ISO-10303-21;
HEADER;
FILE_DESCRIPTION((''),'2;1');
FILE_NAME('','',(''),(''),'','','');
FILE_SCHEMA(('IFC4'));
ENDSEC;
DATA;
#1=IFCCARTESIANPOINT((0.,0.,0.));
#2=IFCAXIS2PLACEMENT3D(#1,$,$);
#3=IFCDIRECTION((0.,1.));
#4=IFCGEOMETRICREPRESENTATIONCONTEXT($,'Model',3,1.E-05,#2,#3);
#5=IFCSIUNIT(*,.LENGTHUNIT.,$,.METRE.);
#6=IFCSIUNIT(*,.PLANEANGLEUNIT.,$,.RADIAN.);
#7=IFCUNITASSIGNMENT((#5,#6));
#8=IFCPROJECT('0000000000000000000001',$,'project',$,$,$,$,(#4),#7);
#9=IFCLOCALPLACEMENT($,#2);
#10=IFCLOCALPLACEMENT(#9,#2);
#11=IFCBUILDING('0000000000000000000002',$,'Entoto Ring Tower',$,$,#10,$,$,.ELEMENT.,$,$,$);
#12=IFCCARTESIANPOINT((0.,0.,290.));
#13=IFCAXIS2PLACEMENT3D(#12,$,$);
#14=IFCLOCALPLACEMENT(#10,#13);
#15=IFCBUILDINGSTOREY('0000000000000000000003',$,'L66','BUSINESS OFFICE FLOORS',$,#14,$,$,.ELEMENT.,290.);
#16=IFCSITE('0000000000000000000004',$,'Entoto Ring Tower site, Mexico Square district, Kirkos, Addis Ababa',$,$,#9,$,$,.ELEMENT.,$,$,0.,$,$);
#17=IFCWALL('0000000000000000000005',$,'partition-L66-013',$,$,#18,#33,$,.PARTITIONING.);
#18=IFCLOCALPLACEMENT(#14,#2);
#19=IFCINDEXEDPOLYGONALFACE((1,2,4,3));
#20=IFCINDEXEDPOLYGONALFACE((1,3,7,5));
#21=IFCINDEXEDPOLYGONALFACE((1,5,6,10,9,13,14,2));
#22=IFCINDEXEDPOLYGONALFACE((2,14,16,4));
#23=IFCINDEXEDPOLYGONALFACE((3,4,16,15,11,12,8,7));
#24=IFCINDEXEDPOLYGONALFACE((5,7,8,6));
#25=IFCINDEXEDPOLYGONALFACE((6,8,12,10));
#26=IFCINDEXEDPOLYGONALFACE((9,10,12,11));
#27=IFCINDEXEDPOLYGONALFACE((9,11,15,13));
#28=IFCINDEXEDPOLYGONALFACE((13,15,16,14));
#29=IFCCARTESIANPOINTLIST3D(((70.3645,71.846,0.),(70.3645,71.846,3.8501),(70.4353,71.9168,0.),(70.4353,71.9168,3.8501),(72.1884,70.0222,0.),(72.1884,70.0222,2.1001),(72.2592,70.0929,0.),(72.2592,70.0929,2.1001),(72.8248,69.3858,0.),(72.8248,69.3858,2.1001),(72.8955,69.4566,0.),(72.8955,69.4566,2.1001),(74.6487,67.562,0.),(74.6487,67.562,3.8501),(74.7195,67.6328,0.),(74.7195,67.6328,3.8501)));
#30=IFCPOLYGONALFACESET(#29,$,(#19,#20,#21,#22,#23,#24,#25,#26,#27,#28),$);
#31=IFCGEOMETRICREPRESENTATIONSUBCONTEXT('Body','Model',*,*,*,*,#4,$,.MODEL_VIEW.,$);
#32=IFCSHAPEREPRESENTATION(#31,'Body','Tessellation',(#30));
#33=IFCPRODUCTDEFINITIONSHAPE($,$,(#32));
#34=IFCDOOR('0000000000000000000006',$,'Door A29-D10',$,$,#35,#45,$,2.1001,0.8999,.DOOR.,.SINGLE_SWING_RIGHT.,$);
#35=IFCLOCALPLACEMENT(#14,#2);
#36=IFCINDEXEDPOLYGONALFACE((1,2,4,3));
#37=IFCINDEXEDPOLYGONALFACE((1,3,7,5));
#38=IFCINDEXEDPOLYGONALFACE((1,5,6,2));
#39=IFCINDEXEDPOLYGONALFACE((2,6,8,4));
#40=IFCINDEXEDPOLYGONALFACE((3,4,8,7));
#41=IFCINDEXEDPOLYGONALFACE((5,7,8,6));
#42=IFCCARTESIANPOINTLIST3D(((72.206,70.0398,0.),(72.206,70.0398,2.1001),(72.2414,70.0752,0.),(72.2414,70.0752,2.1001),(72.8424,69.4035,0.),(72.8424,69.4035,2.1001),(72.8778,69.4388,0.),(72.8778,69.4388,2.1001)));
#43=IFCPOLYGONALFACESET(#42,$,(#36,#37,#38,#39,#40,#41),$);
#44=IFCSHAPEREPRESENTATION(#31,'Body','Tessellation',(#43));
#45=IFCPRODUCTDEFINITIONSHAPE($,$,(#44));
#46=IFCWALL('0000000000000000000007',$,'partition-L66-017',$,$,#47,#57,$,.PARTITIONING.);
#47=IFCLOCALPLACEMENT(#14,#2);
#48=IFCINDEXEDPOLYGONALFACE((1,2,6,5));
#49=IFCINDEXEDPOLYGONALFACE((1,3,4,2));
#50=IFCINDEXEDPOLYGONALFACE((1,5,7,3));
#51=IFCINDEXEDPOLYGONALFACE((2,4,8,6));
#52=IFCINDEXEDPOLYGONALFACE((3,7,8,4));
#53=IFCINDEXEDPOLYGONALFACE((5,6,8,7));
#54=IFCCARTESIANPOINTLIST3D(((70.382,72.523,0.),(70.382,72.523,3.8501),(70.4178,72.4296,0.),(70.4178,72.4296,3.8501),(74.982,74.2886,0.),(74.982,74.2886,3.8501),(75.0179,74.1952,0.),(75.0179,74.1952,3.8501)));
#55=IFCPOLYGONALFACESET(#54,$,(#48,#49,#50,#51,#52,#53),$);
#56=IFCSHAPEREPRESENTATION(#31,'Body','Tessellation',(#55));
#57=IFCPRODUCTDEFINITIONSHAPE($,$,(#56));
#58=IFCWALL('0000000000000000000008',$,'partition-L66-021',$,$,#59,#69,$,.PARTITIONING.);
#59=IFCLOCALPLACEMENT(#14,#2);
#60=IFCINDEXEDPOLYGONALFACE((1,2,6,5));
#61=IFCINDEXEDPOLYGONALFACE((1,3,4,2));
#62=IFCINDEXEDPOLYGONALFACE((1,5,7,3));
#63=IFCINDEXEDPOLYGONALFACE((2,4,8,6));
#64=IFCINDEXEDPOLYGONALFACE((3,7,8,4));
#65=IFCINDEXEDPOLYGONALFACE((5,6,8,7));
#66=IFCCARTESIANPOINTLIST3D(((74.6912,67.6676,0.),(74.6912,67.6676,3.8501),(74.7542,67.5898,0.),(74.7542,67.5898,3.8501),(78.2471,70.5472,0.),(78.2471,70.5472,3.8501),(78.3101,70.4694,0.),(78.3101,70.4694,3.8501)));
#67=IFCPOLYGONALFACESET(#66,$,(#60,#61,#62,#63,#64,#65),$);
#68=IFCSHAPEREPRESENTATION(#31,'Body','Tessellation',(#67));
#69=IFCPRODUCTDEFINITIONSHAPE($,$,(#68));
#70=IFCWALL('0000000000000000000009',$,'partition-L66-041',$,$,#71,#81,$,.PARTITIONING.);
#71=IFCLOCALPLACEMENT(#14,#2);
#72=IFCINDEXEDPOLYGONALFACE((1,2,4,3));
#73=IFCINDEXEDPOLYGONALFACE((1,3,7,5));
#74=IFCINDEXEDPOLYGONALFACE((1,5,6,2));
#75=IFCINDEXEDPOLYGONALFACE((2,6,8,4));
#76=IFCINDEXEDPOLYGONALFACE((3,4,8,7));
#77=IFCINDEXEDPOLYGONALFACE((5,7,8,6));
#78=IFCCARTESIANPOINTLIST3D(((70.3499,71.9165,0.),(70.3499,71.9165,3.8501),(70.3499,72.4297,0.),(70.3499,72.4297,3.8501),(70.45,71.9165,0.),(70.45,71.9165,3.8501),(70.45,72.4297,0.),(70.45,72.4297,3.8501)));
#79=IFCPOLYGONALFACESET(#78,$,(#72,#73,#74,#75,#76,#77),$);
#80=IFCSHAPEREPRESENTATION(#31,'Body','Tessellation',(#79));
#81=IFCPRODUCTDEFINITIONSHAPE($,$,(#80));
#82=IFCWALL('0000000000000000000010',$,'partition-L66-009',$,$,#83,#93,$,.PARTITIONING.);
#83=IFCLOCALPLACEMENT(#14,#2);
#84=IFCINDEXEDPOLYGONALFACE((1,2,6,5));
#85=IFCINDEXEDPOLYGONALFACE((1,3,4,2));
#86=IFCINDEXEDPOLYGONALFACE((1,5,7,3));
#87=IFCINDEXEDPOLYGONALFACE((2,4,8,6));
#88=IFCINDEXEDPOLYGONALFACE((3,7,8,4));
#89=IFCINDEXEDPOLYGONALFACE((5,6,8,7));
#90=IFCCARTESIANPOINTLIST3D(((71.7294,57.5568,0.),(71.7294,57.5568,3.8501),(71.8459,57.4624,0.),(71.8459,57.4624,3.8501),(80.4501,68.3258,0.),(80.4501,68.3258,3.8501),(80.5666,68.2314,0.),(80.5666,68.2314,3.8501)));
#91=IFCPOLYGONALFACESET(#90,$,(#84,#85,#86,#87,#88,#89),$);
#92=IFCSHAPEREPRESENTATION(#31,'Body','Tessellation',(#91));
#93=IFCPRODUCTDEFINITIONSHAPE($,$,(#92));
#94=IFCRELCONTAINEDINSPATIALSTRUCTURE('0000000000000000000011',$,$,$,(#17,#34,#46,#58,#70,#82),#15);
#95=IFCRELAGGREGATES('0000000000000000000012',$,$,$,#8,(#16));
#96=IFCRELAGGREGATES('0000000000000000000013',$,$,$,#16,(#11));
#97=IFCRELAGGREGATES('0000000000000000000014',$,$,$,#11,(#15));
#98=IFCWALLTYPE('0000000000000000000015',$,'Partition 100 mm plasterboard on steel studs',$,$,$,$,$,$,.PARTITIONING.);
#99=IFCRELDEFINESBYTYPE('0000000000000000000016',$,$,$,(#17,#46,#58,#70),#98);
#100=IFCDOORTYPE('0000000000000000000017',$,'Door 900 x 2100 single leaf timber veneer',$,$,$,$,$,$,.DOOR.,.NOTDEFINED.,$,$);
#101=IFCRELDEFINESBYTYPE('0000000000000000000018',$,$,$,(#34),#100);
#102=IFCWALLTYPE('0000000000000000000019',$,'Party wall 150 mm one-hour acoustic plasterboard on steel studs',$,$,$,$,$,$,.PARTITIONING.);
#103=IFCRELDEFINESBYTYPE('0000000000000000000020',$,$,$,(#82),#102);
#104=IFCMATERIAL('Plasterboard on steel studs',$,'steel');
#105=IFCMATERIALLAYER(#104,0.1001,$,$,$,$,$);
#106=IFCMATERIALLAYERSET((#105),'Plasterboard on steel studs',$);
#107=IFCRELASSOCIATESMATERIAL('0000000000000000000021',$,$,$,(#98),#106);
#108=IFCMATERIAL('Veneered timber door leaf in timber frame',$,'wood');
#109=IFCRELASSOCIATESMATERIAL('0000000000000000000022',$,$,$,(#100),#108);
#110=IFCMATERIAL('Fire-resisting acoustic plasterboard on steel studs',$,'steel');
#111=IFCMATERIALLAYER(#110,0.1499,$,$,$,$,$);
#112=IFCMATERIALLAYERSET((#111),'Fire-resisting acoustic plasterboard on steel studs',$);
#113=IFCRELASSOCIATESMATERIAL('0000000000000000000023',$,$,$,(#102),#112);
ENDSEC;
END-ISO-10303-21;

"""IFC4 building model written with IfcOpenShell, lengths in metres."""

from ifc_helpers import new_model, si_unit, direction, frame, frame_2d, origin, place, context, subcontext, project, spatial, rectangle, extrude, material, layer, layer_set, type_object, element, fill, save


model = new_model("IFC4")

# Units and contexts
model_context = context("Model", 3, precision=1e-05, world=origin(), true_north=direction((0.0, 1.0)))
body_context = subcontext(model_context, "Body", "Model", "MODEL_VIEW")
ifc_project = project(units=[si_unit("LENGTHUNIT", "METRE"), si_unit("PLANEANGLEUNIT", "RADIAN")], contexts=[model_context])

# Site, building, storey
site_placement = place(None, origin())
site = spatial("IfcSite", under=ifc_project, at=site_placement, Name="Entoto Ring Tower site, Mexico Square district, Kirkos, Addis Ababa", CompositionType="ELEMENT", RefElevation=0.0)
building_placement = place(site_placement, origin())
building = spatial("IfcBuilding", under=site, at=building_placement, Name="Entoto Ring Tower", CompositionType="ELEMENT")
storey_placement = place(building_placement, frame((0.0, 0.0, 290.0)))
storey = spatial("IfcBuildingStorey", under=building, at=storey_placement, Name="L66", Description="BUSINESS OFFICE FLOORS", CompositionType="ELEMENT", Elevation=290.0)

# Wall, opening, door
ifc_material_1 = material(Name="Plasterboard on steel studs", Category="steel")
ifc_layer_1 = layer(ifc_material_1, 0.1001)
ifc_layer_set_1 = layer_set([ifc_layer_1], Name="Plasterboard on steel studs")
wall_type_1 = type_object("IfcWallType", Name="Partition 100 mm plasterboard on steel studs", PredefinedType="PARTITIONING", material=ifc_layer_set_1)
wall_1_placement = place(storey_placement, frame((74.6841, 67.5974, 0.0), z_axis=(0.0, 0.0, 1.0), x_axis=(-0.707127, 0.707087, 0.0)))
wall_1 = element("IfcWall", 1, at=wall_1_placement, inside=storey, type_object=wall_type_1, Name="partition-L66-013", PredefinedType="PARTITIONING", context=body_context, shape_type="SweptSolid", body=[
    extrude(rectangle(XDim=6.0586, YDim=0.1001, at=frame_2d((3.0293, 0.0))), origin(), (0.0, 0.0, 1.0), 3.8501),
])
opening_placement = place(wall_1_placement, frame((2.5793, 0.0, 0.0)))
opening = element("IfcOpeningElement", 2, at=opening_placement, cuts=wall_1, PredefinedType="OPENING", context=body_context, shape_type="SweptSolid", body=[
    extrude(rectangle(XDim=0.8999, YDim=2.1001, at=frame_2d((0.45, 1.05))), frame((0.0, 0.0601, 0.0), z_axis=(0.0, -1.0, 0.0), x_axis=(1.0, 0.0, 0.0)), (0.0, 0.0, 1.0), 0.1201),
])
ifc_material_2 = material(Name="Veneered timber door leaf in timber frame", Category="wood")
door_type = type_object("IfcDoorType", Name="Door 900 x 2100 single leaf timber veneer", OperationType="NOTDEFINED", PredefinedType="DOOR", material=ifc_material_2)
door_placement = place(opening_placement, frame((0.8999, 0.0, 0.0), z_axis=(0.0, 0.0, 1.0), x_axis=(-1.0, 0.0, 0.0)))
door = element("IfcDoor", 3, at=door_placement, inside=storey, type_object=door_type, Name="Door A29-D10", OperationType="SINGLE_SWING_RIGHT", OverallHeight=2.1001, OverallWidth=0.8999, PredefinedType="DOOR", context=body_context, shape_type="SweptSolid", body=[
    extrude(rectangle(XDim=0.8999, YDim=2.1001, at=frame_2d((0.45, 1.05))), frame((0.0, 0.0249, 0.0), z_axis=(0.0, -1.0, 0.0), x_axis=(1.0, 0.0, 0.0)), (0.0, 0.0, 1.0), 0.05),
])
fill(opening, door)

# Walls
wall_2_placement = place(storey_placement, frame((70.3999, 72.4763, 0.0), z_axis=(0.0, 0.0, 1.0), x_axis=(0.933593, 0.358335, 0.0)))
element("IfcWall", 4, at=wall_2_placement, inside=storey, type_object=wall_type_1, Name="partition-L66-017", PredefinedType="PARTITIONING", context=body_context, shape_type="SweptSolid", body=[
    extrude(rectangle(XDim=4.9272, YDim=0.1001, at=frame_2d((2.4636, 0.0))), origin(), (0.0, 0.0, 1.0), 3.8501),
])
wall_3_placement = place(storey_placement, frame((74.7227, 67.6287, 0.0), z_axis=(0.0, 0.0, 1.0), x_axis=(0.777133, 0.629336, 0.0)))
element("IfcWall", 5, at=wall_3_placement, inside=storey, type_object=wall_type_1, Name="partition-L66-021", PredefinedType="PARTITIONING", context=body_context, shape_type="SweptSolid", body=[
    extrude(rectangle(XDim=4.5757, YDim=0.1001, at=frame_2d((2.2878, 0.0))), origin(), (0.0, 0.0, 1.0), 3.8501),
])
wall_4_placement = place(storey_placement, frame((70.3999, 71.9165, 0.0), z_axis=(0.0, 0.0, 1.0), x_axis=(0.0, 1.0, 0.0)))
element("IfcWall", 6, at=wall_4_placement, inside=storey, type_object=wall_type_1, Name="partition-L66-041", PredefinedType="PARTITIONING", context=body_context, shape_type="SweptSolid", body=[
    extrude(rectangle(XDim=0.5132, YDim=0.1001, at=frame_2d((0.2566, 0.0))), origin(), (0.0, 0.0, 1.0), 3.8501),
])
ifc_material_3 = material(Name="Fire-resisting acoustic plasterboard on steel studs", Category="steel")
ifc_layer_2 = layer(ifc_material_3, 0.1499)
ifc_layer_set_2 = layer_set([ifc_layer_2], Name="Fire-resisting acoustic plasterboard on steel studs")
wall_type_2 = type_object("IfcWallType", Name="Party wall 150 mm one-hour acoustic plasterboard on steel studs", PredefinedType="PARTITIONING", material=ifc_layer_set_2)
wall_5_placement = place(storey_placement, frame((71.7876, 57.5095, 0.0), z_axis=(0.0, 0.0, 1.0), x_axis=(0.629325, 0.777142, 0.0)))
element("IfcWall", 7, at=wall_5_placement, inside=storey, type_object=wall_type_2, Name="partition-L66-009", PredefinedType="PARTITIONING", context=body_context, shape_type="SweptSolid", body=[
    extrude(rectangle(XDim=13.8572, YDim=0.1499, at=frame_2d((6.9287, 0.0))), origin(), (0.0, 0.0, 1.0), 3.8501),
])

save(model, "model.ifc")
